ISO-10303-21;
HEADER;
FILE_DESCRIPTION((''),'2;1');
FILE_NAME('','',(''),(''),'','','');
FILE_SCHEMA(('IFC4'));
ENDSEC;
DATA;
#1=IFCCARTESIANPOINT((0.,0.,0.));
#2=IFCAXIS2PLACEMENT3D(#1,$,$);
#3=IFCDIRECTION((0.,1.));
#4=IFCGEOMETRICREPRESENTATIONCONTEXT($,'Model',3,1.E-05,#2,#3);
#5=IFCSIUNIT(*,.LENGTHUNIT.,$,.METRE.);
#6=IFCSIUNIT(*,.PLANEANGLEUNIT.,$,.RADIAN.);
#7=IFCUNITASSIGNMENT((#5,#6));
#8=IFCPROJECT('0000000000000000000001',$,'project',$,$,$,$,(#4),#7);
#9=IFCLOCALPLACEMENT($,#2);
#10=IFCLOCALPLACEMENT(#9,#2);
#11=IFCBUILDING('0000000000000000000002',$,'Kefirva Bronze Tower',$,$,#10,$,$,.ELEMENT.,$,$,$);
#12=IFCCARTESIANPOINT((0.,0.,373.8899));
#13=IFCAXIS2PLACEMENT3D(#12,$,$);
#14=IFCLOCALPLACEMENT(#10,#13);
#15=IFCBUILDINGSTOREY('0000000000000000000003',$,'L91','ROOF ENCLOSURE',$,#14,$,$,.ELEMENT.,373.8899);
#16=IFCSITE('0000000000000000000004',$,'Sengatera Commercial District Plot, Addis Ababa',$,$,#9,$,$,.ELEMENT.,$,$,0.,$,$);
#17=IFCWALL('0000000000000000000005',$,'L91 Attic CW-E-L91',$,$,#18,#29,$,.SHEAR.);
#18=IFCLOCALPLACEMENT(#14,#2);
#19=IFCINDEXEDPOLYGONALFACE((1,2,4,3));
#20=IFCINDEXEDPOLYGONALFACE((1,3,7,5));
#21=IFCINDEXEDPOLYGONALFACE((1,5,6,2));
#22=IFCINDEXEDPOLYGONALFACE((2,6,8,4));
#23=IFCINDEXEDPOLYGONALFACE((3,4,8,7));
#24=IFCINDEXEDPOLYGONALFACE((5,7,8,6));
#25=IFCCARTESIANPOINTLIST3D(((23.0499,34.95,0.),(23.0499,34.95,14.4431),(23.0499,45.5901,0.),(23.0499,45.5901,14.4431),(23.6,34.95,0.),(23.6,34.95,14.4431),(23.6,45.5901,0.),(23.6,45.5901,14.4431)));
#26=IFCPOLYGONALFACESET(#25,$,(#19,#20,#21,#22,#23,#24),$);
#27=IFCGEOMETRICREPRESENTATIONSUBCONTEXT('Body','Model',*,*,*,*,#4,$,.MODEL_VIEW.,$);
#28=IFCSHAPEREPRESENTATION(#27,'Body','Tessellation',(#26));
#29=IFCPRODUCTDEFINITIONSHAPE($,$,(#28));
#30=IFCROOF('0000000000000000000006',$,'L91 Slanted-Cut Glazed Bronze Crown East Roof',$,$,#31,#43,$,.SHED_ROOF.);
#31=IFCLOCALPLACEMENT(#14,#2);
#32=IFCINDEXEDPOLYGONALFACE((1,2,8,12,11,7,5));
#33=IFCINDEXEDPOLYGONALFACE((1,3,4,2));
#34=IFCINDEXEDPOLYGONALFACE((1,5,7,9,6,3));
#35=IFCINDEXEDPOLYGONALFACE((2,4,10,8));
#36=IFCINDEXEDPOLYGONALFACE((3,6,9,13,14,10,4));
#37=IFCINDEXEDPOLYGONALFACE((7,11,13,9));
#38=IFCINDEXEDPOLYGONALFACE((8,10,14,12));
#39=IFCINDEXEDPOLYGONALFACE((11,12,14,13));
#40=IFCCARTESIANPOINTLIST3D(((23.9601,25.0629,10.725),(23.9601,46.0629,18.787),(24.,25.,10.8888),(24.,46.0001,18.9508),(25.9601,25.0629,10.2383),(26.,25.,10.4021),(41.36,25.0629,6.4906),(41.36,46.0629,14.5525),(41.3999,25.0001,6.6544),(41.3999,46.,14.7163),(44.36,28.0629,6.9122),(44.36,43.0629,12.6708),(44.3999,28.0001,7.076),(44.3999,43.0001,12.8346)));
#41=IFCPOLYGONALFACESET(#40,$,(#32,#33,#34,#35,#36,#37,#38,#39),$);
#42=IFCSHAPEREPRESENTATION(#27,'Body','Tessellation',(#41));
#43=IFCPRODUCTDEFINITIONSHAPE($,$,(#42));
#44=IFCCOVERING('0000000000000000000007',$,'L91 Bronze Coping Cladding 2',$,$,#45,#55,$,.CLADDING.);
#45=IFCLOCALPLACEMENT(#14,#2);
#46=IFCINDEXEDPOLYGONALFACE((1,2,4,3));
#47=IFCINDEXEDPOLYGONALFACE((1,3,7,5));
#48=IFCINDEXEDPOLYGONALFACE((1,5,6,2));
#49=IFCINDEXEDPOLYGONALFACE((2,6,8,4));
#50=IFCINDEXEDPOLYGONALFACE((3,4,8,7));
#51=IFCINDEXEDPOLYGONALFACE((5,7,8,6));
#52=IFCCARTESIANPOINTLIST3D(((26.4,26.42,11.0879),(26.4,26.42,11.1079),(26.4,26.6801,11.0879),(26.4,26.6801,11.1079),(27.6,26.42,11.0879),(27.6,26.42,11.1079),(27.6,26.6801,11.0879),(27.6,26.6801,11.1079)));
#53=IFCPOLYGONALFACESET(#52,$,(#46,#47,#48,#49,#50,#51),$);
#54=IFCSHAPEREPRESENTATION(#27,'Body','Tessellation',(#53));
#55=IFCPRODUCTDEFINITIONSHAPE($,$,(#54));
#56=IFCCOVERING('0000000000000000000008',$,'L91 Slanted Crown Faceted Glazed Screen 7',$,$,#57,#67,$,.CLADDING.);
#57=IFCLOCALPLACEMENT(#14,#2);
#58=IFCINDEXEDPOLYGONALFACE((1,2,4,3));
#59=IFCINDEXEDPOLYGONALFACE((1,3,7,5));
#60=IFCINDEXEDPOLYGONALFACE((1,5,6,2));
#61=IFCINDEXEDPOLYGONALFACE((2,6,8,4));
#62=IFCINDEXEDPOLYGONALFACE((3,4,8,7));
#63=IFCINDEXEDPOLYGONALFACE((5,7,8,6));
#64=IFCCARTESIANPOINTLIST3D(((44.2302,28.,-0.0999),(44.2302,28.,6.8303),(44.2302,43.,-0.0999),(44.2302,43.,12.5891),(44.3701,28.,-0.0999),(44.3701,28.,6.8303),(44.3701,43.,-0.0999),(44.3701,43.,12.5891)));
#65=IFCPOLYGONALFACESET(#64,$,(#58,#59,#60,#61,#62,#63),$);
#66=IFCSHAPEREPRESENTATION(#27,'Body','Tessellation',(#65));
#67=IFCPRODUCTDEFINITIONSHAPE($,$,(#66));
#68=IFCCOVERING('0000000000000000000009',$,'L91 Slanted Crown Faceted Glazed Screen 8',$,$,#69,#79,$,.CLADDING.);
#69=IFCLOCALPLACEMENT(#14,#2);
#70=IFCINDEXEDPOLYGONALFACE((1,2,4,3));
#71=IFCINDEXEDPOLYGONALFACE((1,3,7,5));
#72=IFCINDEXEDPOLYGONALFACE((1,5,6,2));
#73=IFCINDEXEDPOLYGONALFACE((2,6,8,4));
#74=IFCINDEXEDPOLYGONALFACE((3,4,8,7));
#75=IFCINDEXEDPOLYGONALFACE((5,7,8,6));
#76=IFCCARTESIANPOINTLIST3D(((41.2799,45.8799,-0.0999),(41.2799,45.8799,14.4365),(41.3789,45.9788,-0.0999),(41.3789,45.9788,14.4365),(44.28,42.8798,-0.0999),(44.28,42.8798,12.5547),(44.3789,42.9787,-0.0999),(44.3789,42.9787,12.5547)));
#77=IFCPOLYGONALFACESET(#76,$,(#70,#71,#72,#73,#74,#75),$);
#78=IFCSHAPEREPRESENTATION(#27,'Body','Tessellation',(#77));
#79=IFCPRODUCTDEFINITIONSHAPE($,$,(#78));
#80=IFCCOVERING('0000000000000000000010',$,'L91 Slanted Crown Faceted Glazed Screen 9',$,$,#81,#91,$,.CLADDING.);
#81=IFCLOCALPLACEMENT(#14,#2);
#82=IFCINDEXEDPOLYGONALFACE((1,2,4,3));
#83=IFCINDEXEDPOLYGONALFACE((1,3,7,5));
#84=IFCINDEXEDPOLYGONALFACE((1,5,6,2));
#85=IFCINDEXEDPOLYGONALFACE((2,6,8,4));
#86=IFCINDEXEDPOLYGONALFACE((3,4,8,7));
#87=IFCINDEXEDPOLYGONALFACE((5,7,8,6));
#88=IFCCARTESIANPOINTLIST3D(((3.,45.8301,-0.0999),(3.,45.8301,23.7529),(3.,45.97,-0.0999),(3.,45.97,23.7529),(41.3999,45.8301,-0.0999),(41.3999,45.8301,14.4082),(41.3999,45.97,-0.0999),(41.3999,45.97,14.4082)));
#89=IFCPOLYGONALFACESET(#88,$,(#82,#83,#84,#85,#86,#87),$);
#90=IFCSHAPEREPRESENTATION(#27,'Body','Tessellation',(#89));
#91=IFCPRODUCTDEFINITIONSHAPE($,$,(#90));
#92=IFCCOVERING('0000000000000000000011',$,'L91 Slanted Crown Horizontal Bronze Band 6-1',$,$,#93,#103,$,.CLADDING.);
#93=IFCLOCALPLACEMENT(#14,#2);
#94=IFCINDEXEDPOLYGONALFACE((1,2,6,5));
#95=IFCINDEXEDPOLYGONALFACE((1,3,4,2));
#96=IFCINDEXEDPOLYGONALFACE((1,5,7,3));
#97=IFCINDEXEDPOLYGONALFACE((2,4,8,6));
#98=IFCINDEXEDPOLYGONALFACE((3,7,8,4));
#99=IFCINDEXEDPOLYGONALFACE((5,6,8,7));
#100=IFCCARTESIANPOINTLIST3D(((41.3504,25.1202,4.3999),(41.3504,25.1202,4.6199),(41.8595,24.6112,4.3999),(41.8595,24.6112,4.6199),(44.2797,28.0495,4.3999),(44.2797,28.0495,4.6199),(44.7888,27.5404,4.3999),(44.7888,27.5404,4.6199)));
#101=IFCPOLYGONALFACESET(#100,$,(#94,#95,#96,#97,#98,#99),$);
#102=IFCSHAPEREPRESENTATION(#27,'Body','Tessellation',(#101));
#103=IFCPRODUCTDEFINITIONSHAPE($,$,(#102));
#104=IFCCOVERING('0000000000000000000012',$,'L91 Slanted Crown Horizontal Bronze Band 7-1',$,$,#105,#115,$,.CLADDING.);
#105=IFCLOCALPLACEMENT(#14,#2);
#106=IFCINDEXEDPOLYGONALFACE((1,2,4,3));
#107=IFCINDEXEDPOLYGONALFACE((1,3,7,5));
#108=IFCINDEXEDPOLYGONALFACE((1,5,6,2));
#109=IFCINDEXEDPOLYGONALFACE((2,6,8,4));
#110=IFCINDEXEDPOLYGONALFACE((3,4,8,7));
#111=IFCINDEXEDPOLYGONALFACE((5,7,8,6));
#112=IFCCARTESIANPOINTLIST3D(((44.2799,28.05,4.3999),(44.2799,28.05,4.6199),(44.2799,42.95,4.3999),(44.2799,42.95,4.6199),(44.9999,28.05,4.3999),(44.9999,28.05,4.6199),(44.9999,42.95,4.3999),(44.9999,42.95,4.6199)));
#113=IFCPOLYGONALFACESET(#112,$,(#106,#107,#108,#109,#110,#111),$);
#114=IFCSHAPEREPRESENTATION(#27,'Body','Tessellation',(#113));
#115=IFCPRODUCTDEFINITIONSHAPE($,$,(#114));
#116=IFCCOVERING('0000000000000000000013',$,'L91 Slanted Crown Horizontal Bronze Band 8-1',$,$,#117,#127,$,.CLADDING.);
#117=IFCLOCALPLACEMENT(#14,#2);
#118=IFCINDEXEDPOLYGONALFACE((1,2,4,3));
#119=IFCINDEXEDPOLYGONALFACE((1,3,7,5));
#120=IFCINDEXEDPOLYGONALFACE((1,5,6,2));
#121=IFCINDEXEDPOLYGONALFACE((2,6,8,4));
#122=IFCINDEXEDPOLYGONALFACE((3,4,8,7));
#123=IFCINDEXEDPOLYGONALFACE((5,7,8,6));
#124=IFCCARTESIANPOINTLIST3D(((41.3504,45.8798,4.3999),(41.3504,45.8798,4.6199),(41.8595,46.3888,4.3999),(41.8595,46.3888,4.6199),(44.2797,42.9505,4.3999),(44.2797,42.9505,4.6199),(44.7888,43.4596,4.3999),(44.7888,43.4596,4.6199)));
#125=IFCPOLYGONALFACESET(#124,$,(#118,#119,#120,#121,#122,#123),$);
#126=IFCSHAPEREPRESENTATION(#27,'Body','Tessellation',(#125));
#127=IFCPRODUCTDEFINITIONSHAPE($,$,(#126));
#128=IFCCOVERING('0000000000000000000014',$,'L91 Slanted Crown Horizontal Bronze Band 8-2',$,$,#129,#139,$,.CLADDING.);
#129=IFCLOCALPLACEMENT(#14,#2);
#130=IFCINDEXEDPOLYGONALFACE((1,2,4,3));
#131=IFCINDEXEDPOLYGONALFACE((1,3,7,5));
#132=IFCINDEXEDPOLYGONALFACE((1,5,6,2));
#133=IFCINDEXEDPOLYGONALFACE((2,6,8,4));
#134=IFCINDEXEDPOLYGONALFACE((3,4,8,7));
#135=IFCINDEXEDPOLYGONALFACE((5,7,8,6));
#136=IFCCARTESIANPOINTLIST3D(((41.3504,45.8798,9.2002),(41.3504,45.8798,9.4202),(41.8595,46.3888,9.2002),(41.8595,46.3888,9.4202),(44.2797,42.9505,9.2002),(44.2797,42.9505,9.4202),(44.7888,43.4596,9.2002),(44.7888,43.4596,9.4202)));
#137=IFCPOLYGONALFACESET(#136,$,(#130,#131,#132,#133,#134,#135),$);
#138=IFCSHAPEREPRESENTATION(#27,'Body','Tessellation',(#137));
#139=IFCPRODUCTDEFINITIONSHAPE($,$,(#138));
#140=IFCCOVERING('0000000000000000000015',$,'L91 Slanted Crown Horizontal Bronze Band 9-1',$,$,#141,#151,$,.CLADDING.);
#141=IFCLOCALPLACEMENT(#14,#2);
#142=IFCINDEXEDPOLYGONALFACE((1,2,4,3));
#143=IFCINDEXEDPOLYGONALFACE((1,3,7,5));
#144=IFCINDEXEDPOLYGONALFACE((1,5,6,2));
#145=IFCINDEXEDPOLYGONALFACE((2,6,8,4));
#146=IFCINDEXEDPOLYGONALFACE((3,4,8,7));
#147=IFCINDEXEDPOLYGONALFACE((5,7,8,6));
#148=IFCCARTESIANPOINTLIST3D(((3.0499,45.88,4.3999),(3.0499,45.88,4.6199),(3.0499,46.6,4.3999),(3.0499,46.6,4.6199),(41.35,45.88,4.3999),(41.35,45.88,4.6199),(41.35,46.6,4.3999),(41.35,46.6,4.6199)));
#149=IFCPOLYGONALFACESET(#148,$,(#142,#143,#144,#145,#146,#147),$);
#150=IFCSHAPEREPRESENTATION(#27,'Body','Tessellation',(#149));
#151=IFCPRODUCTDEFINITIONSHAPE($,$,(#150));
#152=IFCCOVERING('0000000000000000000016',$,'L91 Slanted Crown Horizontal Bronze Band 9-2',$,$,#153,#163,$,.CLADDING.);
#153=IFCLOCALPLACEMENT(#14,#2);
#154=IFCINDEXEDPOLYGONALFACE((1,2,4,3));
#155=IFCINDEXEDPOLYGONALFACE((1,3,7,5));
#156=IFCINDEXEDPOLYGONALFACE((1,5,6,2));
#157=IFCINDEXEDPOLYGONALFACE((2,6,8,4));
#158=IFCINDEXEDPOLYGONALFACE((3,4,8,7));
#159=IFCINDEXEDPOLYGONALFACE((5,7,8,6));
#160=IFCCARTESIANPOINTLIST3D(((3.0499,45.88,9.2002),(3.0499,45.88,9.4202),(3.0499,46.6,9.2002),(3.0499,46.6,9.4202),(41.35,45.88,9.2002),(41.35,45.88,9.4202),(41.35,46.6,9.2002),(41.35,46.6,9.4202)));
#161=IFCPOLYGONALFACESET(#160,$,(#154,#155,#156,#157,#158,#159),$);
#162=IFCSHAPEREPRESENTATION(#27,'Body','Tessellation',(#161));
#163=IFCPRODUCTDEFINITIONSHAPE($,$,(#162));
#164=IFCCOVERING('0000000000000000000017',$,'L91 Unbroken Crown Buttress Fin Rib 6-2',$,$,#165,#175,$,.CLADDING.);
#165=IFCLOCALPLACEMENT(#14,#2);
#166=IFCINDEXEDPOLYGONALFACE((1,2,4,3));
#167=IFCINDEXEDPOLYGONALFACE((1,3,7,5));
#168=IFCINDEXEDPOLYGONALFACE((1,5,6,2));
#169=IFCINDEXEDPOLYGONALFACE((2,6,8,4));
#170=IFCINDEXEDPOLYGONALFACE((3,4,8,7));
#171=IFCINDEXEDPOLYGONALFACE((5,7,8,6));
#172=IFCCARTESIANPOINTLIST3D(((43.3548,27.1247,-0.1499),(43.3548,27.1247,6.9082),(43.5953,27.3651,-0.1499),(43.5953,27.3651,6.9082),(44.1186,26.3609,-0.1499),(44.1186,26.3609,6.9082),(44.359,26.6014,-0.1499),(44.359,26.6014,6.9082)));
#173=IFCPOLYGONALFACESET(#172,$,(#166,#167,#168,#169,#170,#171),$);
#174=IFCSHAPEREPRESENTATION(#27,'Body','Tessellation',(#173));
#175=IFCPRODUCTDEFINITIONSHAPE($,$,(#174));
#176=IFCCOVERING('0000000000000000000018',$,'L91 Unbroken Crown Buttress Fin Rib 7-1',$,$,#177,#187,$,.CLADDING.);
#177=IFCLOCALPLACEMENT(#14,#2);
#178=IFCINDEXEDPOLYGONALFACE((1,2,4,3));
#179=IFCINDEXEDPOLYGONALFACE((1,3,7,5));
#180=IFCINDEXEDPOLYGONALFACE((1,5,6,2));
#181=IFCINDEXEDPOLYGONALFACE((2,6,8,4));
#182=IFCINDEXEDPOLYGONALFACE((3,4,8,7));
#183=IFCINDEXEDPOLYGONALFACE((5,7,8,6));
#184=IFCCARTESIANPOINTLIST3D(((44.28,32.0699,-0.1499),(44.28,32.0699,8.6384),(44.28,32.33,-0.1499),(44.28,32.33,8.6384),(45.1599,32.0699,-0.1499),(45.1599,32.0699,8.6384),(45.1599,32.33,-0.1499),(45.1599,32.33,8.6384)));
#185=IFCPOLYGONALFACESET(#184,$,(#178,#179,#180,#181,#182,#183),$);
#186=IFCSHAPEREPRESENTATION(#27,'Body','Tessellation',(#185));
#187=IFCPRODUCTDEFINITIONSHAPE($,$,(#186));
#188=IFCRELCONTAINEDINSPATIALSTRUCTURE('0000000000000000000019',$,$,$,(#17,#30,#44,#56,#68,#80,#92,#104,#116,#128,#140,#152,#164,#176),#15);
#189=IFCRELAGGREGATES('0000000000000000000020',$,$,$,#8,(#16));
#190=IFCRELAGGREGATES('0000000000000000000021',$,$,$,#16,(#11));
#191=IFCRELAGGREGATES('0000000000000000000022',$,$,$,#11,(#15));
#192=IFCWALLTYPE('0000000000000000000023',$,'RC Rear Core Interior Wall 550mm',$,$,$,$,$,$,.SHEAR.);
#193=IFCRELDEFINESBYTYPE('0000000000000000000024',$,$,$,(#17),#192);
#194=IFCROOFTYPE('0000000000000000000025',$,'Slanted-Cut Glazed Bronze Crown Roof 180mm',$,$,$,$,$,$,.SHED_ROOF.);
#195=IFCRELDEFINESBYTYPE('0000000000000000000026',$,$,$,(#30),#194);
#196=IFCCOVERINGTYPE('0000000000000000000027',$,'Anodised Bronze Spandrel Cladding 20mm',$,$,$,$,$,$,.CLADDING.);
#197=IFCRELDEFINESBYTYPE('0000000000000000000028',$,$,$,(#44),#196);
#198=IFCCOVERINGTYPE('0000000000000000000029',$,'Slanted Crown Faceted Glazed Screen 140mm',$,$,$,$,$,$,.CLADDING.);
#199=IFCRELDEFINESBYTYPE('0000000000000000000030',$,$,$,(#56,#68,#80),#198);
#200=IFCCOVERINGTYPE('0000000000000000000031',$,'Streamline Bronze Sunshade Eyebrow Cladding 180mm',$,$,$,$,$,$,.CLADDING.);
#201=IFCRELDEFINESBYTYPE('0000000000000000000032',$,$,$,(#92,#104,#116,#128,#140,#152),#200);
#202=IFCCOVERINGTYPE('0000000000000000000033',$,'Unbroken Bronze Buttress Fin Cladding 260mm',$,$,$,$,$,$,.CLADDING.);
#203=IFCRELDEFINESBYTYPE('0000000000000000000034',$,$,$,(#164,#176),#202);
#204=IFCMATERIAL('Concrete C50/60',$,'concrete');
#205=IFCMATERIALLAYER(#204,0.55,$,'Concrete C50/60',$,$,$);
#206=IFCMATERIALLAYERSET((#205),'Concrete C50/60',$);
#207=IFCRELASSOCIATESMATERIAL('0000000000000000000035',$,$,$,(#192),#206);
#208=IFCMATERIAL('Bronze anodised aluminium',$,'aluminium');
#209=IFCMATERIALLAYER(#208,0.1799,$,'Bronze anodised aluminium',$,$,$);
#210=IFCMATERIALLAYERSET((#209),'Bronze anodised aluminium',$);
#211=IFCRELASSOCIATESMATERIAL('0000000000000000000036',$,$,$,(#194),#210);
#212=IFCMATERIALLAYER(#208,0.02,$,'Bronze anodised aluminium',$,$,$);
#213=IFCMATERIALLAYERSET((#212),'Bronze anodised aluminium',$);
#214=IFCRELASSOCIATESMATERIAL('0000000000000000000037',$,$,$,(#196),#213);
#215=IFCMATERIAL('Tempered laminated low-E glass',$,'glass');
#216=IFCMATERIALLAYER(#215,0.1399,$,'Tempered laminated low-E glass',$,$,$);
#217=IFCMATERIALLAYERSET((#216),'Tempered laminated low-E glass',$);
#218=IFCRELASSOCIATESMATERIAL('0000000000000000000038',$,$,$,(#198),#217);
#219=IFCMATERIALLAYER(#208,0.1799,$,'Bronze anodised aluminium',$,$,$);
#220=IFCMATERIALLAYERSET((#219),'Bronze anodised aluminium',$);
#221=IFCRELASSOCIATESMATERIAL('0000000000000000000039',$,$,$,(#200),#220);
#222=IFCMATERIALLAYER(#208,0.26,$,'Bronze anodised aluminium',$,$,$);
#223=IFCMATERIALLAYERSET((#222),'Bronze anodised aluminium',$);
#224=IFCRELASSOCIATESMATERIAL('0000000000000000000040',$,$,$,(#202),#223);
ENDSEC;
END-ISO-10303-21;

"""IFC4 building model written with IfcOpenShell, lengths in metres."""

from ifc_helpers import new_model, si_unit, direction, frame, frame_2d, origin, origin_2d, place, context, subcontext, project, spatial, polyline, rectangle, outline, extrude, material, layer, layer_set, type_object, element, save


model = new_model("IFC4")

# Units and contexts
model_context = context("Model", 3, precision=1e-05, world=origin(), true_north=direction((0.0, 1.0)))
body_context = subcontext(model_context, "Body", "Model", "MODEL_VIEW")
ifc_project = project(units=[si_unit("LENGTHUNIT", "METRE"), si_unit("PLANEANGLEUNIT", "RADIAN")], contexts=[model_context])

# Site, building, storey
site_placement = place(None, origin())
site = spatial("IfcSite", under=ifc_project, at=site_placement, Name="Sengatera Commercial District Plot, Addis Ababa", CompositionType="ELEMENT", RefElevation=0.0)
building_placement = place(site_placement, origin())
building = spatial("IfcBuilding", under=site, at=building_placement, Name="Kefirva Bronze Tower", CompositionType="ELEMENT")
storey_placement = place(building_placement, frame((0.0, 0.0, 373.8899)))
storey = spatial("IfcBuildingStorey", under=building, at=storey_placement, Name="L91", Description="ROOF ENCLOSURE", CompositionType="ELEMENT", Elevation=373.8899)

# Shared definitions
ifc_material_1 = material(Name="Concrete C50/60", Category="concrete")

# Wall
ifc_layer_1 = layer(ifc_material_1, 0.55, Name="Concrete C50/60")
ifc_layer_set_1 = layer_set([ifc_layer_1], Name="Concrete C50/60")
wall_type_1 = type_object("IfcWallType", Name="RC Rear Core Interior Wall 550mm", PredefinedType="SHEAR", material=ifc_layer_set_1)
wall_1_placement = place(storey_placement, frame((23.325, 34.95, 0.0), z_axis=(0.0, 0.0, 1.0), x_axis=(0.0, 1.0, 0.0)))
element("IfcWall", 1, at=wall_1_placement, inside=storey, type_object=wall_type_1, Name="L91 Attic CW-E-L91", PredefinedType="SHEAR", context=body_context, shape_type="SweptSolid", body=[
    extrude(rectangle(XDim=10.6401, YDim=0.55, at=frame_2d((5.3201, 0.0))), origin(), (0.0, 0.0, 1.0), 14.4431),
])

# Roof
ifc_material_2 = material(Name="Bronze anodised aluminium", Category="aluminium")
ifc_layer_2 = layer(ifc_material_2, 0.1799, Name="Bronze anodised aluminium")
ifc_layer_set_2 = layer_set([ifc_layer_2], Name="Bronze anodised aluminium")
roof_type = type_object("IfcRoofType", Name="Slanted-Cut Glazed Bronze Crown Roof 180mm", PredefinedType="SHED_ROOF", material=ifc_layer_set_2)
roof_placement = place(storey_placement, frame((41.3999, 46.0, 14.7163), z_axis=(0.221546, -0.349492, 0.910369), x_axis=(0.646382, -0.646377, -0.405448)))
element("IfcRoof", 2, at=roof_placement, inside=storey, type_object=roof_type, Name="L91 Slanted-Cut Glazed Bronze Crown East Roof", PredefinedType="SHED_ROOF", context=body_context, shape_type="SweptSolid", body=[
    extrude(outline(polyline([(0.0, 0.0), (4.6412, 0.0), (16.6716, -10.6503), (16.8425, -14.9104), (5.3689, -25.8446), (3.8787, -27.2646), (-12.9639, -12.3542), (0.0, 0.0)])), origin(), (0.0, 0.0, -1.0), 0.1799),
])

# Coverings
ifc_layer_3 = layer(ifc_material_2, 0.02, Name="Bronze anodised aluminium")
ifc_layer_set_3 = layer_set([ifc_layer_3], Name="Bronze anodised aluminium")
covering_type_1 = type_object("IfcCoveringType", Name="Anodised Bronze Spandrel Cladding 20mm", PredefinedType="CLADDING", material=ifc_layer_set_3)
covering_1_placement = place(storey_placement, frame((27.0, 26.55, 11.0879), z_axis=(0.0, 0.0, 1.0), x_axis=(1.0, 0.0, 0.0)))
element("IfcCovering", 3, at=covering_1_placement, inside=storey, type_object=covering_type_1, Name="L91 Bronze Coping Cladding 2", PredefinedType="CLADDING", context=body_context, shape_type="SweptSolid", body=[
    extrude(rectangle(XDim=1.2, YDim=0.26, at=origin_2d()), origin(), (0.0, 0.0, 1.0), 0.02),
])
ifc_material_3 = material(Name="Tempered laminated low-E glass", Category="glass")
ifc_layer_4 = layer(ifc_material_3, 0.1399, Name="Tempered laminated low-E glass")
ifc_layer_set_4 = layer_set([ifc_layer_4], Name="Tempered laminated low-E glass")
covering_type_2 = type_object("IfcCoveringType", Name="Slanted Crown Faceted Glazed Screen 140mm", PredefinedType="CLADDING", material=ifc_layer_set_4)
covering_2_placement = place(storey_placement, frame((44.3, 28.0, -0.0999), z_axis=(0.0, 0.0, 1.0), x_axis=(0.0, 1.0, 0.0)))
element("IfcCovering", 4, at=covering_2_placement, inside=storey, type_object=covering_type_2, Name="L91 Slanted Crown Faceted Glazed Screen 7", PredefinedType="CLADDING", context=body_context, shape_type="SweptSolid", body=[
    extrude(outline(polyline([(0.0, 0.0), (15.0, 0.0), (15.0, 12.689), (0.0, 6.9302), (0.0, 0.0)])), frame((0.0, 0.0698, 0.0), z_axis=(0.0, -1.0, 0.0), x_axis=(1.0, 0.0, 0.0)), (0.0, 0.0, 1.0), 0.1399),
])
covering_3_placement = place(storey_placement, frame((44.3293, 42.9292, -0.0999), z_axis=(0.0, 0.0, 1.0), x_axis=(-0.707107, 0.707107, 0.0)))
element("IfcCovering", 5, at=covering_3_placement, inside=storey, type_object=covering_type_2, Name="L91 Slanted Crown Faceted Glazed Screen 8", PredefinedType="CLADDING", context=body_context, shape_type="SweptSolid", body=[
    extrude(outline(polyline([(0.0, 0.0), (4.2427, 0.0), (4.2427, 14.5364), (0.0, 12.6545), (0.0, 0.0)])), frame((0.0, 0.0698, 0.0), z_axis=(0.0, -1.0, 0.0), x_axis=(1.0, 0.0, 0.0)), (0.0, 0.0, 1.0), 0.1399),
])
covering_4_placement = place(storey_placement, frame((41.3999, 45.8999, -0.0999), z_axis=(0.0, 0.0, 1.0), x_axis=(-1.0, 0.0, 0.0)))
element("IfcCovering", 6, at=covering_4_placement, inside=storey, type_object=covering_type_2, Name="L91 Slanted Crown Faceted Glazed Screen 9", PredefinedType="CLADDING", context=body_context, shape_type="SweptSolid", body=[
    extrude(outline(polyline([(0.0, 0.0), (38.3999, 0.0), (38.3999, 23.8528), (0.0, 14.5081), (0.0, 0.0)])), frame((0.0, 0.0698, 0.0), z_axis=(0.0, -1.0, 0.0), x_axis=(1.0, 0.0, 0.0)), (0.0, 0.0, 1.0), 0.1399),
])
ifc_layer_5 = layer(ifc_material_2, 0.1799, Name="Bronze anodised aluminium")
ifc_layer_set_5 = layer_set([ifc_layer_5], Name="Bronze anodised aluminium")
covering_type_3 = type_object("IfcCoveringType", Name="Streamline Bronze Sunshade Eyebrow Cladding 180mm", PredefinedType="CLADDING", material=ifc_layer_set_5)
covering_5_placement = place(storey_placement, frame((43.0696, 26.3303, 4.3999), z_axis=(0.0, 0.0, 1.0), x_axis=(0.707107, 0.707107, 0.0)))
element("IfcCovering", 7, at=covering_5_placement, inside=storey, type_object=covering_type_3, Name="L91 Slanted Crown Horizontal Bronze Band 6-1", PredefinedType="CLADDING", context=body_context, shape_type="SweptSolid", body=[
    extrude(rectangle(XDim=4.1426, YDim=0.72, at=origin_2d()), origin(), (0.0, 0.0, 1.0), 0.22),
])
covering_6_placement = place(storey_placement, frame((44.6399, 35.5, 4.3999), z_axis=(0.0, 0.0, 1.0), x_axis=(0.0, 1.0, 0.0)))
element("IfcCovering", 8, at=covering_6_placement, inside=storey, type_object=covering_type_3, Name="L91 Slanted Crown Horizontal Bronze Band 7-1", PredefinedType="CLADDING", context=body_context, shape_type="SweptSolid", body=[
    extrude(rectangle(XDim=14.8999, YDim=0.72, at=origin_2d()), origin(), (0.0, 0.0, 1.0), 0.22),
])
for number, where, z_axis, x_axis, name in (
    (9, (43.0696, 44.6697, 4.3999), (0.0, 0.0, 1.0), (-0.707107, 0.707107, 0.0), "L91 Slanted Crown Horizontal Bronze Band 8-1"),
    (10, (43.0696, 44.6697, 9.2002), (0.0, 0.0, 1.0), (-0.707107, 0.707107, 0.0), "L91 Slanted Crown Horizontal Bronze Band 8-2"),
):
    element("IfcCovering", number, at=place(storey_placement, frame(where, z_axis=z_axis, x_axis=x_axis)), inside=storey, type_object=covering_type_3, Name=name, PredefinedType="CLADDING", context=body_context, shape_type="SweptSolid", body=[
        extrude(rectangle(XDim=4.1426, YDim=0.72, at=origin_2d()), origin(), (0.0, 0.0, 1.0), 0.22),
    ])
for number, where, z_axis, x_axis, name in (
    (11, (22.2, 46.24, 4.3999), (0.0, 0.0, 1.0), (-1.0, 0.0, 0.0), "L91 Slanted Crown Horizontal Bronze Band 9-1"),
    (12, (22.2, 46.24, 9.2002), (0.0, 0.0, 1.0), (-1.0, 0.0, 0.0), "L91 Slanted Crown Horizontal Bronze Band 9-2"),
):
    element("IfcCovering", number, at=place(storey_placement, frame(where, z_axis=z_axis, x_axis=x_axis)), inside=storey, type_object=covering_type_3, Name=name, PredefinedType="CLADDING", context=body_context, shape_type="SweptSolid", body=[
        extrude(rectangle(XDim=38.3, YDim=0.72, at=origin_2d()), origin(), (0.0, 0.0, 1.0), 0.22),
    ])
ifc_layer_6 = layer(ifc_material_2, 0.26, Name="Bronze anodised aluminium")
ifc_layer_set_6 = layer_set([ifc_layer_6], Name="Bronze anodised aluminium")
covering_type_4 = type_object("IfcCoveringType", Name="Unbroken Bronze Buttress Fin Cladding 260mm", PredefinedType="CLADDING", material=ifc_layer_set_6)
covering_7_placement = place(storey_placement, frame((43.8569, 26.863, -0.1499), z_axis=(0.0, 0.0, 1.0), x_axis=(0.707107, 0.707107, 0.0)))
element("IfcCovering", 13, at=covering_7_placement, inside=storey, type_object=covering_type_4, Name="L91 Unbroken Crown Buttress Fin Rib 6-2", PredefinedType="CLADDING", context=body_context, shape_type="SweptSolid", body=[
    extrude(rectangle(XDim=0.3401, YDim=1.0801, at=origin_2d()), origin(), (0.0, 0.0, 1.0), 7.0581),
])
covering_8_placement = place(storey_placement, frame((44.72, 32.2, -0.1499), z_axis=(0.0, 0.0, 1.0), x_axis=(0.0, 1.0, 0.0)))
element("IfcCovering", 14, at=covering_8_placement, inside=storey, type_object=covering_type_4, Name="L91 Unbroken Crown Buttress Fin Rib 7-1", PredefinedType="CLADDING", context=body_context, shape_type="SweptSolid", body=[
    extrude(rectangle(XDim=0.26, YDim=0.8799, at=origin_2d()), origin(), (0.0, 0.0, 1.0), 8.7883),
])

save(model, "model.ifc")
